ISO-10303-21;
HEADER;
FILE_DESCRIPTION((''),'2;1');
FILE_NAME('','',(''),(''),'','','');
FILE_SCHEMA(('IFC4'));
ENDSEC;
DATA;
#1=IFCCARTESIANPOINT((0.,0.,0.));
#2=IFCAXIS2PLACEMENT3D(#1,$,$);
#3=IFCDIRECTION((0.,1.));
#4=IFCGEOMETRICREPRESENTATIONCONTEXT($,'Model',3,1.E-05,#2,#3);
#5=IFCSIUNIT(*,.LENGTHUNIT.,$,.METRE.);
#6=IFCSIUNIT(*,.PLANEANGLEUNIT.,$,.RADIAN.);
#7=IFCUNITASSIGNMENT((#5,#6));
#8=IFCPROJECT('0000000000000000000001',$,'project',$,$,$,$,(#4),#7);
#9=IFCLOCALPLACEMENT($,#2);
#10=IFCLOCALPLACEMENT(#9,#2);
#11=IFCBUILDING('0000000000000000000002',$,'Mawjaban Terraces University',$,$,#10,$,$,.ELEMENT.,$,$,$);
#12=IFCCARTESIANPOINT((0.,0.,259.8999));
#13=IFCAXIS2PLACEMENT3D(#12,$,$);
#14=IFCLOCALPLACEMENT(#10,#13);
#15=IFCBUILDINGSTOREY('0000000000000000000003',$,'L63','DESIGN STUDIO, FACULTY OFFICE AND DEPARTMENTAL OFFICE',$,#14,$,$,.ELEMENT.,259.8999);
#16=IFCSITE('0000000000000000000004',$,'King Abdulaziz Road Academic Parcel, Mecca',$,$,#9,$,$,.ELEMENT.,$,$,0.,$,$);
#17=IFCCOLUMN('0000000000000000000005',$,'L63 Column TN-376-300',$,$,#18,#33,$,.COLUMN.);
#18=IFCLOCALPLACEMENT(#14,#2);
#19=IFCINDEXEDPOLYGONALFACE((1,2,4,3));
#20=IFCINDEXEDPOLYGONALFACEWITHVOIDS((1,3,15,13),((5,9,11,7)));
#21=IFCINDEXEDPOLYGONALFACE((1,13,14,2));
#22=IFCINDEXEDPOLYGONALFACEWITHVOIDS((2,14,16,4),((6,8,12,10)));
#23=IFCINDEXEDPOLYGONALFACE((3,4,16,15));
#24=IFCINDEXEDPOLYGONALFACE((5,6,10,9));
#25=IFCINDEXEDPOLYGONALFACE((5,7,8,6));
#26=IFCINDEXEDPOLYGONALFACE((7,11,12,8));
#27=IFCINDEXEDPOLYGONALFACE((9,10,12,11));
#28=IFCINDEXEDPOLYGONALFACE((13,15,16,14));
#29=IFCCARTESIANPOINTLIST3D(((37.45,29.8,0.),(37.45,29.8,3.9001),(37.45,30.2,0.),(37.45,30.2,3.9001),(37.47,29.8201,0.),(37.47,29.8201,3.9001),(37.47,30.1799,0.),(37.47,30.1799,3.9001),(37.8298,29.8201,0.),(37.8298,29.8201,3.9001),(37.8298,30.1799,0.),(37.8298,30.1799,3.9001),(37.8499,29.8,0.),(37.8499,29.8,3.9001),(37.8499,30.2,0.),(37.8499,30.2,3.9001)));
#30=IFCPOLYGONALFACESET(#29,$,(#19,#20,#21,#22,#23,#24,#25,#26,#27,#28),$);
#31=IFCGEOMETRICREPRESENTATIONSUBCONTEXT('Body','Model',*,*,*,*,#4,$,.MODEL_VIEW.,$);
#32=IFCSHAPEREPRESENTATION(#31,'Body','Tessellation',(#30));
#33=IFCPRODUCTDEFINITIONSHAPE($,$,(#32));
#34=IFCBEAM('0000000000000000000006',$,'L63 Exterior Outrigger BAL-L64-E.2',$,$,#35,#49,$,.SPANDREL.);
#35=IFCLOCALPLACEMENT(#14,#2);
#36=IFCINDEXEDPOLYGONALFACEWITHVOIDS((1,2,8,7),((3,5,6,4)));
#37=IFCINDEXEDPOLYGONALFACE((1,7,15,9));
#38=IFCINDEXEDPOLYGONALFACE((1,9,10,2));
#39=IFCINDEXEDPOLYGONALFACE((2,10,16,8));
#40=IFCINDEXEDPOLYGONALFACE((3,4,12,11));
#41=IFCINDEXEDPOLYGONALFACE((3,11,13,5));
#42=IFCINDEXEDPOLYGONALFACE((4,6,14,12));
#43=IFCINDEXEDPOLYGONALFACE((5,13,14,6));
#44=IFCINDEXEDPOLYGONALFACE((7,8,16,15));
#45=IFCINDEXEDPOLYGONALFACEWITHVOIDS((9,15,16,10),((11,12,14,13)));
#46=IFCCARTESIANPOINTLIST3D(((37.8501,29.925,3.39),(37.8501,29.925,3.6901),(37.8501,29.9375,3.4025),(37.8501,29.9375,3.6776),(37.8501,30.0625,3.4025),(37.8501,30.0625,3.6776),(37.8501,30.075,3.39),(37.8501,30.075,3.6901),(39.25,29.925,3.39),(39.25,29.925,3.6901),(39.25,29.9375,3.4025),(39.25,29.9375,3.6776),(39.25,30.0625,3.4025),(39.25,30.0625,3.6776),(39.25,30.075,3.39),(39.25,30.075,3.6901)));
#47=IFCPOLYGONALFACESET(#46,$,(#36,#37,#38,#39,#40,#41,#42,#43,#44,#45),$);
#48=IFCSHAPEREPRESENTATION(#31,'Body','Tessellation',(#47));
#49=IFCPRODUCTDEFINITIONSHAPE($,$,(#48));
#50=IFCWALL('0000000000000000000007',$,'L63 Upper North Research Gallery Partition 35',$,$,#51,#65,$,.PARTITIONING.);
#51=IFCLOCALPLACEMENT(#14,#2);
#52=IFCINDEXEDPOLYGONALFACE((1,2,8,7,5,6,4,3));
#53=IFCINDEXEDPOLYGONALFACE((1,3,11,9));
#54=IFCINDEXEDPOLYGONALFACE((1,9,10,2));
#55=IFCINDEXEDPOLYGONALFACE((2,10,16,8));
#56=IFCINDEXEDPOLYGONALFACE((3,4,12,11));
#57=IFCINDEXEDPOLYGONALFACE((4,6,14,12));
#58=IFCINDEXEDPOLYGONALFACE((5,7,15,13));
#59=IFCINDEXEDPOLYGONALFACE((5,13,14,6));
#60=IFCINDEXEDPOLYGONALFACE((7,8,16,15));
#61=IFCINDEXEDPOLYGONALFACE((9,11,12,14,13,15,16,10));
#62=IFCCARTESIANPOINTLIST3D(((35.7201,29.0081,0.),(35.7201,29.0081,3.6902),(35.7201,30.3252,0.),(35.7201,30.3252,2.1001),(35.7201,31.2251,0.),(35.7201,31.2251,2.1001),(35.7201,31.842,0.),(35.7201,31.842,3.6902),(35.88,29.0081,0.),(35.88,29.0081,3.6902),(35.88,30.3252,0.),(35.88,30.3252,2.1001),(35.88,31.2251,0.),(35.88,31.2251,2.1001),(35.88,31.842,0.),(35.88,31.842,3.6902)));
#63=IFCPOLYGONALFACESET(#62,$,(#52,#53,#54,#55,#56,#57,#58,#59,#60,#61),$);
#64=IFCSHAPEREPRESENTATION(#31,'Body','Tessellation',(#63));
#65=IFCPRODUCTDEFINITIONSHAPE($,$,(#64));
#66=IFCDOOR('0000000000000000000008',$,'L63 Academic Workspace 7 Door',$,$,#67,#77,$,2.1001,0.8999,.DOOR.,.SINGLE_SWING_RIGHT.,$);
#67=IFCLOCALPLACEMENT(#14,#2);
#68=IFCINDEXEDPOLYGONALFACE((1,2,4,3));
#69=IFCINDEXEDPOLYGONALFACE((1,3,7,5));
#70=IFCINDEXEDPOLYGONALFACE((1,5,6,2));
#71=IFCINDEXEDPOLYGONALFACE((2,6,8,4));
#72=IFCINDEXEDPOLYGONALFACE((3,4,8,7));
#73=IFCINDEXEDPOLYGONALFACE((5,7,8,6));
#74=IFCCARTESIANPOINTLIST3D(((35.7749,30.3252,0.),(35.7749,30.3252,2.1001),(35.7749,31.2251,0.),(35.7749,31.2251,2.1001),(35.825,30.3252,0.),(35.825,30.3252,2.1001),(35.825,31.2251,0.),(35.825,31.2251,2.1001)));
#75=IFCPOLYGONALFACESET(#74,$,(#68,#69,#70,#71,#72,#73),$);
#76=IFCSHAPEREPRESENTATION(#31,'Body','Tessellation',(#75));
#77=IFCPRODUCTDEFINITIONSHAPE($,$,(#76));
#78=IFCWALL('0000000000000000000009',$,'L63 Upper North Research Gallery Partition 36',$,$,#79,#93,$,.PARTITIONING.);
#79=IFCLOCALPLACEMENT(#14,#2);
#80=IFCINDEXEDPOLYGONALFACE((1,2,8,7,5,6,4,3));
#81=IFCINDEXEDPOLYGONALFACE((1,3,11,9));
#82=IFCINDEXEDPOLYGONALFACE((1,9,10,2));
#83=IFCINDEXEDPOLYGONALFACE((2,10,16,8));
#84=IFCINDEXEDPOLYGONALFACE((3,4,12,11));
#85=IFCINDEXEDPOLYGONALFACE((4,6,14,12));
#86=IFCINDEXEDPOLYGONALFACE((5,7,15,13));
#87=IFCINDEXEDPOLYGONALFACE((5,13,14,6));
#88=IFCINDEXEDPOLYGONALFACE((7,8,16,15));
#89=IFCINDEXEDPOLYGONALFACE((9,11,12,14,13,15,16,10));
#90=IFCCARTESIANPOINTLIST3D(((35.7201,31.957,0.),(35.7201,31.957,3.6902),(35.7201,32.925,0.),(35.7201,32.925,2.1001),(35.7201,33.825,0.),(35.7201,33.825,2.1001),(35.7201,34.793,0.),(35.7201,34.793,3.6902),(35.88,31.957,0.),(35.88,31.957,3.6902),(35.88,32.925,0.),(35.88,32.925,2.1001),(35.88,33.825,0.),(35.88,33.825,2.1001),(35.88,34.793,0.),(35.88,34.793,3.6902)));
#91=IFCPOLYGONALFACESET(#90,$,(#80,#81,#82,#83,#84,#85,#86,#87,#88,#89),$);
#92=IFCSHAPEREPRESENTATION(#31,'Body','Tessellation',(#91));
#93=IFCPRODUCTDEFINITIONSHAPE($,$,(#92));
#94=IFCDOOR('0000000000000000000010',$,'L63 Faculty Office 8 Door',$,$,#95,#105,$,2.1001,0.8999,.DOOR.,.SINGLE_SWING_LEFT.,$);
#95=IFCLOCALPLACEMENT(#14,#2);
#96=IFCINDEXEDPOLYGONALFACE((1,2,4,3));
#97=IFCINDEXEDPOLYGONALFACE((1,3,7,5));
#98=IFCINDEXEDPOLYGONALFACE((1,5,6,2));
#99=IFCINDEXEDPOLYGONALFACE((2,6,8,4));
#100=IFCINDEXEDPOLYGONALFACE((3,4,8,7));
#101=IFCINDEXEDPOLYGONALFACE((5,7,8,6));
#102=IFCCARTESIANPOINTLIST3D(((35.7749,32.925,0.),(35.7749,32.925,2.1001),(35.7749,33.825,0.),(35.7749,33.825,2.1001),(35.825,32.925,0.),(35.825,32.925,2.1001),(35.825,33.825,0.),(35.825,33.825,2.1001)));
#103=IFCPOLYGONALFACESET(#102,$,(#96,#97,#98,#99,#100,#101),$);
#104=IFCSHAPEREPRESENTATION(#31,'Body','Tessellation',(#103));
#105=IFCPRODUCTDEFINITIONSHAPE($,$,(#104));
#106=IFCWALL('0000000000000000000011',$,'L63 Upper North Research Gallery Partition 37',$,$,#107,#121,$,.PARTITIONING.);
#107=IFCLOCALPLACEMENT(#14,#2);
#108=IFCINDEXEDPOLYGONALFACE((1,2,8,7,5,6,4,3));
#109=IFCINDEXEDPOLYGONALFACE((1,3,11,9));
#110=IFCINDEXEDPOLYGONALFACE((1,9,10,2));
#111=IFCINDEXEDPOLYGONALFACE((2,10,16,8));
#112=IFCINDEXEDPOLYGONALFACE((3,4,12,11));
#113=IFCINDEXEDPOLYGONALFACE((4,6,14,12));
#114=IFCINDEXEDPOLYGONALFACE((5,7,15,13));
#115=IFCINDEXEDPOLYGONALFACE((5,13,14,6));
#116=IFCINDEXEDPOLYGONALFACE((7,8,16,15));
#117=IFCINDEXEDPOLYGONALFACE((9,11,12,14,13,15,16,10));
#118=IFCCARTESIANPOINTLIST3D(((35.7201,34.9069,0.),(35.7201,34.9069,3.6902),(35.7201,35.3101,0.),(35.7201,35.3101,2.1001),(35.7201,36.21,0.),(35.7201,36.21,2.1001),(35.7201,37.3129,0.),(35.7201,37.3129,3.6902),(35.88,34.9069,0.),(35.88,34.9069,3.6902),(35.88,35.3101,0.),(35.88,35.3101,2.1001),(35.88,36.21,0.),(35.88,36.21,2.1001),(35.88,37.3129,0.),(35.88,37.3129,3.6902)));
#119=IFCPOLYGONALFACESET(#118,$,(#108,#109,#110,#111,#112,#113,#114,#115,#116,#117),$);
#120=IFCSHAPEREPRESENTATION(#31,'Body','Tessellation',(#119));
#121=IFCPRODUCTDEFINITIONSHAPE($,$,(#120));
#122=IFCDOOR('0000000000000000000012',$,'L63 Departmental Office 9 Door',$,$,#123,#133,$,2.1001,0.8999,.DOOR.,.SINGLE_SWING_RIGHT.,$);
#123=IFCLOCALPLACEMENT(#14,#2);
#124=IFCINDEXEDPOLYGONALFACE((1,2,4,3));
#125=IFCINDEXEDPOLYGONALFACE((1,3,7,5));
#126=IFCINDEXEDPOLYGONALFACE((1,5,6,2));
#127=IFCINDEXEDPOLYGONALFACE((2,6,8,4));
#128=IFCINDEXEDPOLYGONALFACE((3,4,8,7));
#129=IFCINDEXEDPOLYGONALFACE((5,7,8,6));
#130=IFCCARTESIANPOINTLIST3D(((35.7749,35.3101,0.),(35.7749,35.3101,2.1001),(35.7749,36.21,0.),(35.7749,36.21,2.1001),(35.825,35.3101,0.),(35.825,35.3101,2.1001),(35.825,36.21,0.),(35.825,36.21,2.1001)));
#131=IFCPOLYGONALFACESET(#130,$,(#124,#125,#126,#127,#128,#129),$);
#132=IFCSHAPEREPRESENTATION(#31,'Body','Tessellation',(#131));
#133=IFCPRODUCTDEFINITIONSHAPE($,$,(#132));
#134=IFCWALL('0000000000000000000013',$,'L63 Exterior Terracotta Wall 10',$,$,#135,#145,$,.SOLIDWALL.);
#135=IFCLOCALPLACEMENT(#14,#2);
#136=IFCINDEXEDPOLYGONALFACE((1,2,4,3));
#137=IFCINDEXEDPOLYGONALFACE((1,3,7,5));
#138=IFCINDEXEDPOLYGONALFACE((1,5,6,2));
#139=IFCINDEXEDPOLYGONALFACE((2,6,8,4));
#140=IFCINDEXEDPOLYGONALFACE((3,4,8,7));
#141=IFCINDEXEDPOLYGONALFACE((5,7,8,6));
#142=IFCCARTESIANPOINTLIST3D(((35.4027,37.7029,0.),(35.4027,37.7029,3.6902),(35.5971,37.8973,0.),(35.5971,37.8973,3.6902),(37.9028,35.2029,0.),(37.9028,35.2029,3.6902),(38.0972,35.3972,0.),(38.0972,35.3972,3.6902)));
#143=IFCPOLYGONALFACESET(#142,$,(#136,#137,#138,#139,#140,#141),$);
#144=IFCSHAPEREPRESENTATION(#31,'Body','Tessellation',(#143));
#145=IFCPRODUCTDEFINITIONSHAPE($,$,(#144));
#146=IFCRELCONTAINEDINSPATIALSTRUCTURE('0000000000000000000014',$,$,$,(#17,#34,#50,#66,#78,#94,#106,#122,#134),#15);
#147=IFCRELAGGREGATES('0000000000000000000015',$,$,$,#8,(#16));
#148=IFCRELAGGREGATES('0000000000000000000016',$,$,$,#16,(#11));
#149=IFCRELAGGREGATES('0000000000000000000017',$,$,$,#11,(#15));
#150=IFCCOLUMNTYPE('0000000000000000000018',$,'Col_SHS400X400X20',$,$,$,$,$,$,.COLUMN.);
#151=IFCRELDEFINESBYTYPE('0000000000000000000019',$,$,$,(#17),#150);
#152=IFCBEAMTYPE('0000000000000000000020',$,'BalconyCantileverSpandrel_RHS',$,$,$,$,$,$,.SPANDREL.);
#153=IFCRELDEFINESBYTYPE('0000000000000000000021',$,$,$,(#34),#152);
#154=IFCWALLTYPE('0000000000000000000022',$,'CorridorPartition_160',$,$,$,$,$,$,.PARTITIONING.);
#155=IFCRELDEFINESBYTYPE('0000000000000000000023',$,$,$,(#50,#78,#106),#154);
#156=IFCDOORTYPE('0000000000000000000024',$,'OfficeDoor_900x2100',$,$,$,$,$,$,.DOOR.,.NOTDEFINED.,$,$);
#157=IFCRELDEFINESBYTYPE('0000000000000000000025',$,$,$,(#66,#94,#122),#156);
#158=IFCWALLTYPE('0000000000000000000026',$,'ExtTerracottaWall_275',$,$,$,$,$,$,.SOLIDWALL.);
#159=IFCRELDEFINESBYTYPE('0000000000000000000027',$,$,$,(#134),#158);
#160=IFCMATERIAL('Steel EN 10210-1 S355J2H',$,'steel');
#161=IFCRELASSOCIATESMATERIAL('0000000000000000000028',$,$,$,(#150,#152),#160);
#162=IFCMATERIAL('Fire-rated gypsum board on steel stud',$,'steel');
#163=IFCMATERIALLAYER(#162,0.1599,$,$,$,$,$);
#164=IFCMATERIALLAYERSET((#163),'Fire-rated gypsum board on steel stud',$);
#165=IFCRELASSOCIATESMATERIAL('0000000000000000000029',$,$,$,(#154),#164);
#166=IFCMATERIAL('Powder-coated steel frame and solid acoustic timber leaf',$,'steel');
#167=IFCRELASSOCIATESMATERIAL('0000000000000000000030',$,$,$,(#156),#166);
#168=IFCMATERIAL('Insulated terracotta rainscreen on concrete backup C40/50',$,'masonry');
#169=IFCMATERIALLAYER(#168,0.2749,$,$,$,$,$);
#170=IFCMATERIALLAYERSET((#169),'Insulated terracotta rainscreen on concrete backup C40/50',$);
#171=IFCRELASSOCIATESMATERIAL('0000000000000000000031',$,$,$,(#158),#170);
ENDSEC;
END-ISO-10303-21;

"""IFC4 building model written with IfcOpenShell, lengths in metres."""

from ifc_helpers import new_model, si_unit, direction, frame, frame_2d, origin, origin_2d, place, context, subcontext, project, spatial, rectangle, hollow_rectangle, extrude, material, layer, layer_set, material_profile, profile_set, type_object, element, fill, save


model = new_model("IFC4")

# Units and contexts
model_context = context("Model", 3, precision=1e-05, world=origin(), true_north=direction((0.0, 1.0)))
body_context = subcontext(model_context, "Body", "Model", "MODEL_VIEW")
ifc_project = project(units=[si_unit("LENGTHUNIT", "METRE"), si_unit("PLANEANGLEUNIT", "RADIAN")], contexts=[model_context])

# Site, building, storey
site_placement = place(None, origin())
site = spatial("IfcSite", under=ifc_project, at=site_placement, Name="King Abdulaziz Road Academic Parcel, Mecca", CompositionType="ELEMENT", RefElevation=0.0)
building_placement = place(site_placement, origin())
building = spatial("IfcBuilding", under=site, at=building_placement, Name="Mawjaban Terraces University", CompositionType="ELEMENT")
storey_placement = place(building_placement, frame((0.0, 0.0, 259.8999)))
storey = spatial("IfcBuildingStorey", under=building, at=storey_placement, Name="L63", Description="DESIGN STUDIO, FACULTY OFFICE AND DEPARTMENTAL OFFICE", CompositionType="ELEMENT", Elevation=259.8999)

# Column
ifc_material_1 = material(Name="Steel EN 10210-1 S355J2H", Category="steel")
ifc_material_profile_1 = material_profile(ifc_material_1, hollow_rectangle(XDim=0.3999, YDim=0.3999, WallThickness=0.02, at=origin_2d()), Name="SHS400X400X20")
ifc_profile_set_1 = profile_set([ifc_material_profile_1], Name="Steel EN 10210-1 S355J2H")
column_type = type_object("IfcColumnType", Name="Col_SHS400X400X20", PredefinedType="COLUMN", material=ifc_profile_set_1)
column_placement = place(storey_placement, frame((37.6499, 30.0, 0.0), z_axis=(0.0, 0.0, 1.0), x_axis=(1.0, 0.0, 0.0)))
element("IfcColumn", 1, at=column_placement, inside=storey, type_object=column_type, Name="L63 Column TN-376-300", PredefinedType="COLUMN", context=body_context, shape_type="SweptSolid", body=[
    extrude(hollow_rectangle(XDim=0.3999, YDim=0.3999, WallThickness=0.02, at=origin_2d()), origin(), (0.0, 0.0, 1.0), 3.9001),
])

# Beam
ifc_material_profile_2 = material_profile(ifc_material_1, hollow_rectangle(XDim=0.1499, YDim=0.3, WallThickness=0.0125, at=origin_2d()), Name="RHS300X150X12.5")
ifc_profile_set_2 = profile_set([ifc_material_profile_2], Name="Steel EN 10210-1 S355J2H")
beam_type = type_object("IfcBeamType", Name="BalconyCantileverSpandrel_RHS", PredefinedType="SPANDREL", material=ifc_profile_set_2)
beam_placement = place(storey_placement, frame((37.8501, 30.0, 3.54), z_axis=(1.0, 0.0, 0.0), x_axis=(0.0, 1.0, 0.0)))
element("IfcBeam", 2, at=beam_placement, inside=storey, type_object=beam_type, Name="L63 Exterior Outrigger BAL-L64-E.2", PredefinedType="SPANDREL", context=body_context, shape_type="SweptSolid", body=[
    extrude(hollow_rectangle(XDim=0.1499, YDim=0.3, WallThickness=0.0125, at=origin_2d()), origin(), (0.0, 0.0, 1.0), 1.3999),
])

# Walls, openings, doors
ifc_material_2 = material(Name="Fire-rated gypsum board on steel stud", Category="steel")
ifc_layer_1 = layer(ifc_material_2, 0.1599)
ifc_layer_set_1 = layer_set([ifc_layer_1], Name="Fire-rated gypsum board on steel stud")
wall_type_1 = type_object("IfcWallType", Name="CorridorPartition_160", PredefinedType="PARTITIONING", material=ifc_layer_set_1)
wall_1_placement = place(storey_placement, frame((35.8, 31.842, 0.0), z_axis=(0.0, 0.0, 1.0), x_axis=(0.0, -1.0, 0.0)))
wall_1 = element("IfcWall", 3, at=wall_1_placement, inside=storey, type_object=wall_type_1, Name="L63 Upper North Research Gallery Partition 35", PredefinedType="PARTITIONING", context=body_context, shape_type="SweptSolid", body=[
    extrude(rectangle(XDim=2.834, YDim=0.1599, at=frame_2d((1.417, 0.0))), origin(), (0.0, 0.0, 1.0), 3.6902),
])
opening_1_placement = place(wall_1_placement, frame((0.6169, 0.0, 0.0)))
opening_1 = element("IfcOpeningElement", 4, at=opening_1_placement, cuts=wall_1, PredefinedType="OPENING", context=body_context, shape_type="SweptSolid", body=[
    extrude(rectangle(XDim=0.8999, YDim=2.1001, at=frame_2d((0.45, 1.05))), frame((0.0, 0.0898, 0.0), z_axis=(0.0, -1.0, 0.0), x_axis=(1.0, 0.0, 0.0)), (0.0, 0.0, 1.0), 0.1799),
])
ifc_material_3 = material(Name="Powder-coated steel frame and solid acoustic timber leaf", Category="steel")
door_type = type_object("IfcDoorType", Name="OfficeDoor_900x2100", OperationType="NOTDEFINED", PredefinedType="DOOR", material=ifc_material_3)
door_1_placement = place(opening_1_placement, origin())
door_1 = element("IfcDoor", 5, at=door_1_placement, inside=storey, type_object=door_type, Name="L63 Academic Workspace 7 Door", OperationType="SINGLE_SWING_RIGHT", OverallHeight=2.1001, OverallWidth=0.8999, PredefinedType="DOOR", context=body_context, shape_type="SweptSolid", body=[
    extrude(rectangle(XDim=0.8999, YDim=2.1001, at=frame_2d((0.45, 1.05))), frame((0.0, 0.0249, 0.0), z_axis=(0.0, -1.0, 0.0), x_axis=(1.0, 0.0, 0.0)), (0.0, 0.0, 1.0), 0.05),
])
fill(opening_1, door_1)
wall_2_placement = place(storey_placement, frame((35.8, 34.793, 0.0), z_axis=(0.0, 0.0, 1.0), x_axis=(0.0, -1.0, 0.0)))
wall_2 = element("IfcWall", 6, at=wall_2_placement, inside=storey, type_object=wall_type_1, Name="L63 Upper North Research Gallery Partition 36", PredefinedType="PARTITIONING", context=body_context, shape_type="SweptSolid", body=[
    extrude(rectangle(XDim=2.8359, YDim=0.1599, at=frame_2d((1.418, 0.0))), origin(), (0.0, 0.0, 1.0), 3.6902),
])
opening_2_placement = place(wall_2_placement, frame((0.968, 0.0, 0.0)))
opening_2 = element("IfcOpeningElement", 7, at=opening_2_placement, cuts=wall_2, PredefinedType="OPENING", context=body_context, shape_type="SweptSolid", body=[
    extrude(rectangle(XDim=0.8999, YDim=2.1001, at=frame_2d((0.45, 1.05))), frame((0.0, 0.0898, 0.0), z_axis=(0.0, -1.0, 0.0), x_axis=(1.0, 0.0, 0.0)), (0.0, 0.0, 1.0), 0.1799),
])
door_2_placement = place(opening_2_placement, origin())
door_2 = element("IfcDoor", 8, at=door_2_placement, inside=storey, type_object=door_type, Name="L63 Faculty Office 8 Door", OperationType="SINGLE_SWING_LEFT", OverallHeight=2.1001, OverallWidth=0.8999, PredefinedType="DOOR", context=body_context, shape_type="SweptSolid", body=[
    extrude(rectangle(XDim=0.8999, YDim=2.1001, at=frame_2d((0.45, 1.05))), frame((0.0, 0.0249, 0.0), z_axis=(0.0, -1.0, 0.0), x_axis=(1.0, 0.0, 0.0)), (0.0, 0.0, 1.0), 0.05),
])
fill(opening_2, door_2)
wall_3_placement = place(storey_placement, frame((35.8, 37.313, 0.0), z_axis=(0.0, 0.0, 1.0), x_axis=(0.0, -1.0, 0.0)))
wall_3 = element("IfcWall", 9, at=wall_3_placement, inside=storey, type_object=wall_type_1, Name="L63 Upper North Research Gallery Partition 37", PredefinedType="PARTITIONING", context=body_context, shape_type="SweptSolid", body=[
    extrude(rectangle(XDim=2.406, YDim=0.1599, at=frame_2d((1.2031, 0.0))), origin(), (0.0, 0.0, 1.0), 3.6902),
])
opening_3_placement = place(wall_3_placement, frame((1.103, 0.0, 0.0)))
opening_3 = element("IfcOpeningElement", 10, at=opening_3_placement, cuts=wall_3, PredefinedType="OPENING", context=body_context, shape_type="SweptSolid", body=[
    extrude(rectangle(XDim=0.8999, YDim=2.1001, at=frame_2d((0.45, 1.05))), frame((0.0, 0.0898, 0.0), z_axis=(0.0, -1.0, 0.0), x_axis=(1.0, 0.0, 0.0)), (0.0, 0.0, 1.0), 0.1799),
])
door_3_placement = place(opening_3_placement, origin())
door_3 = element("IfcDoor", 11, at=door_3_placement, inside=storey, type_object=door_type, Name="L63 Departmental Office 9 Door", OperationType="SINGLE_SWING_RIGHT", OverallHeight=2.1001, OverallWidth=0.8999, PredefinedType="DOOR", context=body_context, shape_type="SweptSolid", body=[
    extrude(rectangle(XDim=0.8999, YDim=2.1001, at=frame_2d((0.45, 1.05))), frame((0.0, 0.0249, 0.0), z_axis=(0.0, -1.0, 0.0), x_axis=(1.0, 0.0, 0.0)), (0.0, 0.0, 1.0), 0.05),
])
fill(opening_3, door_3)

# Wall
ifc_material_4 = material(Name="Insulated terracotta rainscreen on concrete backup C40/50", Category="masonry")
ifc_layer_2 = layer(ifc_material_4, 0.2749)
ifc_layer_set_2 = layer_set([ifc_layer_2], Name="Insulated terracotta rainscreen on concrete backup C40/50")
wall_type_2 = type_object("IfcWallType", Name="ExtTerracottaWall_275", PredefinedType="SOLIDWALL", material=ifc_layer_set_2)
wall_4_placement = place(storey_placement, frame((38.0, 35.3, 0.0), z_axis=(0.0, 0.0, 1.0), x_axis=(-0.707107, 0.707107, 0.0)))
element("IfcWall", 12, at=wall_4_placement, inside=storey, type_object=wall_type_2, Name="L63 Exterior Terracotta Wall 10", PredefinedType="SOLIDWALL", context=body_context, shape_type="SweptSolid", body=[
    extrude(rectangle(XDim=3.5356, YDim=0.2749, at=frame_2d((1.7678, 0.0))), origin(), (0.0, 0.0, 1.0), 3.6902),
])

save(model, "model.ifc")
